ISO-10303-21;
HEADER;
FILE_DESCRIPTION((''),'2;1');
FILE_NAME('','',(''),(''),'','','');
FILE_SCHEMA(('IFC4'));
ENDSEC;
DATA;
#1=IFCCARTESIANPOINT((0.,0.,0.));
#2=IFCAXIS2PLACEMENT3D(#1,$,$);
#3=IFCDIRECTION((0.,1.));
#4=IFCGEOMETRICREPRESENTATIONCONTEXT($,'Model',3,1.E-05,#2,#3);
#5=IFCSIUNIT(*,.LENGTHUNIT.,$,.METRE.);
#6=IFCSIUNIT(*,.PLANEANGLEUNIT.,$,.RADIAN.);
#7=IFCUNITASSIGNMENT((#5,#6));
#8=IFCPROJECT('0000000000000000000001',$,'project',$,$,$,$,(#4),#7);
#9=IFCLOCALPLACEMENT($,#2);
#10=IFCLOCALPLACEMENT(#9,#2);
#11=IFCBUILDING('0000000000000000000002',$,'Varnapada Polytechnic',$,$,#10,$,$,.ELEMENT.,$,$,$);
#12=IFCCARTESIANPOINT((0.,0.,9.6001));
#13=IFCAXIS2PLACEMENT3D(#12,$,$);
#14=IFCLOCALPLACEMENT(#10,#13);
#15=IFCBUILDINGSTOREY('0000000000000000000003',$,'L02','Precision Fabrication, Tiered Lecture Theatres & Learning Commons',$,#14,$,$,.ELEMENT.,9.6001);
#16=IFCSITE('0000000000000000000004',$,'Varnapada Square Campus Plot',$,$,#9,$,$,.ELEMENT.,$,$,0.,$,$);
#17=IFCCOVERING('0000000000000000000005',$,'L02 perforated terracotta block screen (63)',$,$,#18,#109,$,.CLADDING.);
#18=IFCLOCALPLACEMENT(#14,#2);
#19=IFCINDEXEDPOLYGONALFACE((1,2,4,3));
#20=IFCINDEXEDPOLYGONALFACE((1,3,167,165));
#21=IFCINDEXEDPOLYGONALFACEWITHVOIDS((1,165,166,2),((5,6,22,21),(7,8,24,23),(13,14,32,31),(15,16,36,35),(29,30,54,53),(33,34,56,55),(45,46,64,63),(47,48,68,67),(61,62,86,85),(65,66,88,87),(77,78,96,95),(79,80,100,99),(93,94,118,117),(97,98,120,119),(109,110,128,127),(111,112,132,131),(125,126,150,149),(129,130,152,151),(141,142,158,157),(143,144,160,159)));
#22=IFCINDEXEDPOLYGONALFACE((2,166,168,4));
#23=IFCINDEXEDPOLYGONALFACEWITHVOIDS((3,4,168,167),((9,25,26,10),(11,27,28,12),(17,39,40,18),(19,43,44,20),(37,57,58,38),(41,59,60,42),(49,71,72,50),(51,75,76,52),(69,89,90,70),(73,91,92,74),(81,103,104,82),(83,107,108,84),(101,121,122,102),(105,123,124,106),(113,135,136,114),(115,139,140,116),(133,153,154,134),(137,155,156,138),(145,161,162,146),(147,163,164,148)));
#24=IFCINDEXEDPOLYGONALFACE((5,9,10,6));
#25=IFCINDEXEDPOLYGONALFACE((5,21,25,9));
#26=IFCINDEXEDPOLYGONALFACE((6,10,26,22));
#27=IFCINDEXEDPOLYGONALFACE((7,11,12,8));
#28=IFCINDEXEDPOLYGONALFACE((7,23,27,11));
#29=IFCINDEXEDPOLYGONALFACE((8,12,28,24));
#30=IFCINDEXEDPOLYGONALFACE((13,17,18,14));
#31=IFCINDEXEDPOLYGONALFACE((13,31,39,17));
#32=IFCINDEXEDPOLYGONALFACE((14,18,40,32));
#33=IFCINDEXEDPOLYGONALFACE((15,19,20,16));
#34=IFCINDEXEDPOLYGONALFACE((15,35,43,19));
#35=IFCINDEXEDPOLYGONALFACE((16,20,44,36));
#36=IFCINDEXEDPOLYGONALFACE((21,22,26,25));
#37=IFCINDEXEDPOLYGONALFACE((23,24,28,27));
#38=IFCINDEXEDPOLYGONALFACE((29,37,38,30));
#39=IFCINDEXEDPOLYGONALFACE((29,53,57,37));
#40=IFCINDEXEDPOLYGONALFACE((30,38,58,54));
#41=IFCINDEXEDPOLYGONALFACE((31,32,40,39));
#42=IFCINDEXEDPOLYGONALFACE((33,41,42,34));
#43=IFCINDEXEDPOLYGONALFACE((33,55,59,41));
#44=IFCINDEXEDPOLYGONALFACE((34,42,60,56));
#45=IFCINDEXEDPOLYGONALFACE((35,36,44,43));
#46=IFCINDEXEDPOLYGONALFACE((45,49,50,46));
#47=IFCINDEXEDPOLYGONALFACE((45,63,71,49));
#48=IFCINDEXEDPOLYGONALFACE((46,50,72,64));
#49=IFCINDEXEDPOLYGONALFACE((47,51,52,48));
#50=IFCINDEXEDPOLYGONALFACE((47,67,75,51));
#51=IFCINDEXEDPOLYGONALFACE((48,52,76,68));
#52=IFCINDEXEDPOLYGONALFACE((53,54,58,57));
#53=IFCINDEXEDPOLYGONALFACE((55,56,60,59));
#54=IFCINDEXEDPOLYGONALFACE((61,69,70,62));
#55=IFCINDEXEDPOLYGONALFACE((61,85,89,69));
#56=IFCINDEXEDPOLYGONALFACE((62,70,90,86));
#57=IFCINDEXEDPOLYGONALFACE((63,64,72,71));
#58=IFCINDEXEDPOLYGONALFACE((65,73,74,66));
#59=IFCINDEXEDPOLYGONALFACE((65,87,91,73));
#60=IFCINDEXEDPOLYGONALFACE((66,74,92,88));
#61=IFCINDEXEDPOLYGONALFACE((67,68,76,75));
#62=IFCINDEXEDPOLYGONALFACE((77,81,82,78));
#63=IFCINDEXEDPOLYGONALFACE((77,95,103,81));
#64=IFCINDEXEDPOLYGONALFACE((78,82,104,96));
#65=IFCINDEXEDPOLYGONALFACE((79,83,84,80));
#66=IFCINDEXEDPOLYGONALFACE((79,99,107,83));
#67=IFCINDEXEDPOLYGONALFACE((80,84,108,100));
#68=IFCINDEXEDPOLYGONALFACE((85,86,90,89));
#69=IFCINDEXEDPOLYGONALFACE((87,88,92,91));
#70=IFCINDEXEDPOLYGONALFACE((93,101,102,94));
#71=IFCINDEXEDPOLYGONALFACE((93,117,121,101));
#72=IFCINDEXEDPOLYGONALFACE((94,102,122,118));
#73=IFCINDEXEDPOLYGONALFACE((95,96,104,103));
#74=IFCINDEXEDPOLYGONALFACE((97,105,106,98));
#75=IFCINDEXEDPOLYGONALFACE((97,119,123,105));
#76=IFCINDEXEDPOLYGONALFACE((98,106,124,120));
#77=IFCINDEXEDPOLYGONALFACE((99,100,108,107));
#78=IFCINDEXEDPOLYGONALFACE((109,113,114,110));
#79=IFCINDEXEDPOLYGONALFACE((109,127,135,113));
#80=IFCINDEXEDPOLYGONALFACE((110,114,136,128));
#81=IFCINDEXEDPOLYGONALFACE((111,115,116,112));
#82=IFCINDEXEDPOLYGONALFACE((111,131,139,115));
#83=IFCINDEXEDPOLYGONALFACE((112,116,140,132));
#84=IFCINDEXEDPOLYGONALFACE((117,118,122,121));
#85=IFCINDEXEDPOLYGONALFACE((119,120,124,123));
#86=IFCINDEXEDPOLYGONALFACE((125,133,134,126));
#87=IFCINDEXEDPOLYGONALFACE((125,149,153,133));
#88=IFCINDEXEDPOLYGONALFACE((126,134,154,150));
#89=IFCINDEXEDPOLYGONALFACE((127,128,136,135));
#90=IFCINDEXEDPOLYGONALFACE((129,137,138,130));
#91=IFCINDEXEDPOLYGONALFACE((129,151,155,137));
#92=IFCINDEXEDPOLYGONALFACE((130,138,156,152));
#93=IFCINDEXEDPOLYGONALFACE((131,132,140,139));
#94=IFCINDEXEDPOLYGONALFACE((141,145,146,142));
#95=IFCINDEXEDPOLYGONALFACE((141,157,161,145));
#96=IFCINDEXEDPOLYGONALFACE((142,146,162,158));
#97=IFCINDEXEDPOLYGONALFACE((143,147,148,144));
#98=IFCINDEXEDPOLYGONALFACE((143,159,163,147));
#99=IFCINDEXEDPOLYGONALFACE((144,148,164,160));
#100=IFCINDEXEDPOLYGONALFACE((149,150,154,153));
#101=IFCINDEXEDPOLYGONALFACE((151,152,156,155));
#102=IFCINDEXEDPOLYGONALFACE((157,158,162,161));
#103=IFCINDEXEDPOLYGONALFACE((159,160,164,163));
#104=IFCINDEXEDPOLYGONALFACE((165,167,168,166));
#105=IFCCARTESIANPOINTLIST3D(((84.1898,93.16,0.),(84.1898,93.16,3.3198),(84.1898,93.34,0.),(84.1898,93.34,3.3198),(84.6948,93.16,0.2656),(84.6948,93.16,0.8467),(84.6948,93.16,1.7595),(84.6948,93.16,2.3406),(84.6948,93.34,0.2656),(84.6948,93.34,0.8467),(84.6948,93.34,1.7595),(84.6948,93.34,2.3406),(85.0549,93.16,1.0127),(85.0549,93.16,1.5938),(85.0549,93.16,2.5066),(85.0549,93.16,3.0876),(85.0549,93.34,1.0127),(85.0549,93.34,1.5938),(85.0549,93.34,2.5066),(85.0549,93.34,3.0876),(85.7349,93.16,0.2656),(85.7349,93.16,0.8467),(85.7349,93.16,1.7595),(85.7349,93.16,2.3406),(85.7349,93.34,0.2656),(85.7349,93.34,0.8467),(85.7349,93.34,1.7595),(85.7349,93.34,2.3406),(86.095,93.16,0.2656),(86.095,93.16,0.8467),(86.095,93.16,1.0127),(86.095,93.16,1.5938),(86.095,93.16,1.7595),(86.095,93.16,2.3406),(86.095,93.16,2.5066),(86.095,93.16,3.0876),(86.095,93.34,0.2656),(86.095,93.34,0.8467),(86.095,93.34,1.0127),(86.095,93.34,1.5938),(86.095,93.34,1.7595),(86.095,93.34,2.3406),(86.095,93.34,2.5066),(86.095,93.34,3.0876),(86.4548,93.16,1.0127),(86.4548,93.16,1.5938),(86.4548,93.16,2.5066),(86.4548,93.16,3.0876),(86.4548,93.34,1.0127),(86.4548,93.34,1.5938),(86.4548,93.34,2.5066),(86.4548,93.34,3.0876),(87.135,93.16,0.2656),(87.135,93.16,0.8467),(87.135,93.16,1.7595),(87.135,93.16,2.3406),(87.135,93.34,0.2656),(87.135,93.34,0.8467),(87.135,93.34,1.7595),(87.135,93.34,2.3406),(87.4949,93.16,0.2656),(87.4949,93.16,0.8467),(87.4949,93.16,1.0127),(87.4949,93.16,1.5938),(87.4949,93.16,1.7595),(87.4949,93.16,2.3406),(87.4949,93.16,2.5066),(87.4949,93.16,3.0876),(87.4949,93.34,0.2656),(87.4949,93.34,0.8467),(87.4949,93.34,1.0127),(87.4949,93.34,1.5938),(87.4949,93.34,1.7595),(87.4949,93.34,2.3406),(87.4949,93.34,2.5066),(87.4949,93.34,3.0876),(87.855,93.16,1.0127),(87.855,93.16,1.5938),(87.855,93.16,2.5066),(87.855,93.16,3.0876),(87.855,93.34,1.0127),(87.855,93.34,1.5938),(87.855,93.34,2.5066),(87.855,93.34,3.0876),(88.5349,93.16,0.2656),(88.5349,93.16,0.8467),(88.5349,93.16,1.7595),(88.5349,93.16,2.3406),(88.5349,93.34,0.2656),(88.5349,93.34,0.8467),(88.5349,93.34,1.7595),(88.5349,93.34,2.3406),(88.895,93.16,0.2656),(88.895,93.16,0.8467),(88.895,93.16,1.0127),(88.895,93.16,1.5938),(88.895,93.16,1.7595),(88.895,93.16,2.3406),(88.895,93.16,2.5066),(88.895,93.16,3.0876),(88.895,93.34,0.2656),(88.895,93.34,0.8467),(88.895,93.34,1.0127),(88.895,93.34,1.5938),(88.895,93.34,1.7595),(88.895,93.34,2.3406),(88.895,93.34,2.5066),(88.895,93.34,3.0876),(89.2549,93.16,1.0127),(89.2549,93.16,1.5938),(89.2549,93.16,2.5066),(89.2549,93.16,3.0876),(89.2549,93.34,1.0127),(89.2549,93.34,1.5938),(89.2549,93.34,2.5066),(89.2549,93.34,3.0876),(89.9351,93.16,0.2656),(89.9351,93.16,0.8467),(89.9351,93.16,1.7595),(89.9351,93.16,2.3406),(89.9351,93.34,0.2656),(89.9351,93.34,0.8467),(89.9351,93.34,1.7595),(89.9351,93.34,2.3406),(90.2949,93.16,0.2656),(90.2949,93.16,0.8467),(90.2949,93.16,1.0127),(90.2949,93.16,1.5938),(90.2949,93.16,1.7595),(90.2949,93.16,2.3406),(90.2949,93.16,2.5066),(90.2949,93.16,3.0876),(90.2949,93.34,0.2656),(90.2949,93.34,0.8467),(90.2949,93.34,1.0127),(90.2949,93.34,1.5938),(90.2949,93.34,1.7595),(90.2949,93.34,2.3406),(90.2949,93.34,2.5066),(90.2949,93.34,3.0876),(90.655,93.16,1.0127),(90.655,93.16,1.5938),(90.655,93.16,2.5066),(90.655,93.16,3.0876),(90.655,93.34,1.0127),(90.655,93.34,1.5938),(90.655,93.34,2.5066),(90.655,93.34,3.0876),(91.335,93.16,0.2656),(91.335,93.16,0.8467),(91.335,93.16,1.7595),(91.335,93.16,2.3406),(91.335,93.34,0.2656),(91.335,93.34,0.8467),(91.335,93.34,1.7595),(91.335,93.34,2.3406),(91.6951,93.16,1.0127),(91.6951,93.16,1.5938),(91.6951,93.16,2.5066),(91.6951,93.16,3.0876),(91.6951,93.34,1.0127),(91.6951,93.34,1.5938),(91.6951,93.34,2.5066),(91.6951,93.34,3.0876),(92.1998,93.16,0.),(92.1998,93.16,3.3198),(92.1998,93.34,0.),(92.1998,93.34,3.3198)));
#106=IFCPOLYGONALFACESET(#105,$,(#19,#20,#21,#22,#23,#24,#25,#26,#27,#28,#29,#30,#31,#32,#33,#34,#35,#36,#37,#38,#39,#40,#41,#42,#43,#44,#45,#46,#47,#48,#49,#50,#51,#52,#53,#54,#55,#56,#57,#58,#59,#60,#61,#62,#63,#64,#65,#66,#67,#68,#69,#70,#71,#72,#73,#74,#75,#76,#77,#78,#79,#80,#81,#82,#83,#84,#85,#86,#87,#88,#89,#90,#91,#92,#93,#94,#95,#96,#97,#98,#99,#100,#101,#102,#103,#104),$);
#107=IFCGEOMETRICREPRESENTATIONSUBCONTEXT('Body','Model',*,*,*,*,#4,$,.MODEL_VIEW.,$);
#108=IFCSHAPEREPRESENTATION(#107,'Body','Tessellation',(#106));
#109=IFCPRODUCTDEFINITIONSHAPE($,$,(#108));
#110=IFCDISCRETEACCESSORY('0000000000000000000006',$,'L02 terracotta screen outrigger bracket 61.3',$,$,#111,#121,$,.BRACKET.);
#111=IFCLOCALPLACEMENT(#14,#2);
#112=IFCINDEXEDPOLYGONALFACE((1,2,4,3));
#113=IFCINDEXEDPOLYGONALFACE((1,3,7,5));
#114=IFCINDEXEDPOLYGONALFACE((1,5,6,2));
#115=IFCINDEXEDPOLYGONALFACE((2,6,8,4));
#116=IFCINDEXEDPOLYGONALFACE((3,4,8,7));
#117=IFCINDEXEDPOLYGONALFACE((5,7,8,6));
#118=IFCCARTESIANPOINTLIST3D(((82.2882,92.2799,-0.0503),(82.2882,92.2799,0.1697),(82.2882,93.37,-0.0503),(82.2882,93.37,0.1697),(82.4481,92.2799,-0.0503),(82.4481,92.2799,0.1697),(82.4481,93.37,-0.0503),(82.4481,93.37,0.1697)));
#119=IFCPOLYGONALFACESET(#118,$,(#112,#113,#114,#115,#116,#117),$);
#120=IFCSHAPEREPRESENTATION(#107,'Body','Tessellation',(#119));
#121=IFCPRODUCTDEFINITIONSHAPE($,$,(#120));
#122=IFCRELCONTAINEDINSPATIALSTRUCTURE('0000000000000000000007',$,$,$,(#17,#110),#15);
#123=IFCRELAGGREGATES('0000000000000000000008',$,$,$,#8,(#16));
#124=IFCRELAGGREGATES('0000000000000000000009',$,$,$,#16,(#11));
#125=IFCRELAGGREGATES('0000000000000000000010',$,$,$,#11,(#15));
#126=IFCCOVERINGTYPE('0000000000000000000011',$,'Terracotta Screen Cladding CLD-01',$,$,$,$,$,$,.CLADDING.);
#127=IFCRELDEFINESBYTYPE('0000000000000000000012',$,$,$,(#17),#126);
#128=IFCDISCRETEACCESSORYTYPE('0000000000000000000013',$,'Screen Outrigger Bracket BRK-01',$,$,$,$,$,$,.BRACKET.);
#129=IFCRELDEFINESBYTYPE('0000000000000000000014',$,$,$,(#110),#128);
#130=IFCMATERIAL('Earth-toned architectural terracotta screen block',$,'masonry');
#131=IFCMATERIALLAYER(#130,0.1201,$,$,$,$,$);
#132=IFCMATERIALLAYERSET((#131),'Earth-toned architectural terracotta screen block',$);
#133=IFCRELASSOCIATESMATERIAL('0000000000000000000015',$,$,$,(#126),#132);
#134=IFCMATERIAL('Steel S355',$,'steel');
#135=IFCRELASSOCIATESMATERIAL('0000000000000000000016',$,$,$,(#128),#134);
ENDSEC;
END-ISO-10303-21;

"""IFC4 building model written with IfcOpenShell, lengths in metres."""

from ifc_helpers import new_model, si_unit, direction, frame, frame_2d, origin, origin_2d, place, context, subcontext, project, spatial, rectangle, extrude, material, layer, layer_set, type_object, element, save


model = new_model("IFC4")

# Units and contexts
model_context = context("Model", 3, precision=1e-05, world=origin(), true_north=direction((0.0, 1.0)))
body_context = subcontext(model_context, "Body", "Model", "MODEL_VIEW")
ifc_project = project(units=[si_unit("LENGTHUNIT", "METRE"), si_unit("PLANEANGLEUNIT", "RADIAN")], contexts=[model_context])

# Site, building, storey
site_placement = place(None, origin())
site = spatial("IfcSite", under=ifc_project, at=site_placement, Name="Varnapada Square Campus Plot", CompositionType="ELEMENT", RefElevation=0.0)
building_placement = place(site_placement, origin())
building = spatial("IfcBuilding", under=site, at=building_placement, Name="Varnapada Polytechnic", CompositionType="ELEMENT")
storey_placement = place(building_placement, frame((0.0, 0.0, 9.6001)))
storey = spatial("IfcBuildingStorey", under=building, at=storey_placement, Name="L02", Description="Precision Fabrication, Tiered Lecture Theatres & Learning Commons", CompositionType="ELEMENT", Elevation=9.6001)

# Shared definitions
ifc_material_1 = material(Name="Steel S355", Category="steel")

# Covering, openings
ifc_material_2 = material(Name="Earth-toned architectural terracotta screen block", Category="masonry")
ifc_layer_1 = layer(ifc_material_2, 0.1201)
ifc_layer_set_1 = layer_set([ifc_layer_1], Name="Earth-toned architectural terracotta screen block")
covering_type = type_object("IfcCoveringType", Name="Terracotta Screen Cladding CLD-01", PredefinedType="CLADDING", material=ifc_layer_set_1)
covering_placement = place(storey_placement, frame((84.1899, 93.25, 0.0), z_axis=(0.0, 0.0, 1.0), x_axis=(1.0, 0.0, 0.0)))
covering = element("IfcCovering", 1, at=covering_placement, inside=storey, type_object=covering_type, Name="L02 perforated terracotta block screen (63)", PredefinedType="CLADDING", context=body_context, shape_type="SweptSolid", body=[
    extrude(rectangle(XDim=8.01, YDim=0.1799, at=frame_2d((4.0049, 0.0))), origin(), (0.0, 0.0, 1.0), 3.3198),
])
opening_1_placement = place(covering_placement, frame((0.5049, 0.0, 0.2656)))
element("IfcOpeningElement", 2, at=opening_1_placement, cuts=covering, PredefinedType="OPENING", context=body_context, shape_type="SweptSolid", body=[
    extrude(rectangle(XDim=1.04, YDim=0.5811, at=frame_2d((0.52, 0.2905))), frame((0.0, 0.0999, 0.0), z_axis=(0.0, -1.0, 0.0), x_axis=(1.0, 0.0, 0.0)), (0.0, 0.0, 1.0), 0.2),
])
opening_2_placement = place(covering_placement, frame((1.905, 0.0, 0.2656)))
element("IfcOpeningElement", 3, at=opening_2_placement, cuts=covering, PredefinedType="OPENING", context=body_context, shape_type="SweptSolid", body=[
    extrude(rectangle(XDim=1.04, YDim=0.5811, at=frame_2d((0.52, 0.2905))), frame((0.0, 0.0999, 0.0), z_axis=(0.0, -1.0, 0.0), x_axis=(1.0, 0.0, 0.0)), (0.0, 0.0, 1.0), 0.2),
])
opening_3_placement = place(covering_placement, frame((3.3049, 0.0, 0.2656)))
element("IfcOpeningElement", 4, at=opening_3_placement, cuts=covering, PredefinedType="OPENING", context=body_context, shape_type="SweptSolid", body=[
    extrude(rectangle(XDim=1.04, YDim=0.5811, at=frame_2d((0.52, 0.2905))), frame((0.0, 0.0999, 0.0), z_axis=(0.0, -1.0, 0.0), x_axis=(1.0, 0.0, 0.0)), (0.0, 0.0, 1.0), 0.2),
])
opening_4_placement = place(covering_placement, frame((4.7051, 0.0, 0.2656)))
element("IfcOpeningElement", 5, at=opening_4_placement, cuts=covering, PredefinedType="OPENING", context=body_context, shape_type="SweptSolid", body=[
    extrude(rectangle(XDim=1.04, YDim=0.5811, at=frame_2d((0.52, 0.2905))), frame((0.0, 0.0999, 0.0), z_axis=(0.0, -1.0, 0.0), x_axis=(1.0, 0.0, 0.0)), (0.0, 0.0, 1.0), 0.2),
])
opening_5_placement = place(covering_placement, frame((6.105, 0.0, 0.2656)))
element("IfcOpeningElement", 6, at=opening_5_placement, cuts=covering, PredefinedType="OPENING", context=body_context, shape_type="SweptSolid", body=[
    extrude(rectangle(XDim=1.04, YDim=0.5811, at=frame_2d((0.52, 0.2905))), frame((0.0, 0.0999, 0.0), z_axis=(0.0, -1.0, 0.0), x_axis=(1.0, 0.0, 0.0)), (0.0, 0.0, 1.0), 0.2),
])
opening_6_placement = place(covering_placement, frame((0.865, 0.0, 1.0127)))
element("IfcOpeningElement", 7, at=opening_6_placement, cuts=covering, PredefinedType="OPENING", context=body_context, shape_type="SweptSolid", body=[
    extrude(rectangle(XDim=1.04, YDim=0.5811, at=frame_2d((0.52, 0.2905))), frame((0.0, 0.0999, 0.0), z_axis=(0.0, -1.0, 0.0), x_axis=(1.0, 0.0, 0.0)), (0.0, 0.0, 1.0), 0.2),
])
opening_7_placement = place(covering_placement, frame((2.2649, 0.0, 1.0127)))
element("IfcOpeningElement", 8, at=opening_7_placement, cuts=covering, PredefinedType="OPENING", context=body_context, shape_type="SweptSolid", body=[
    extrude(rectangle(XDim=1.04, YDim=0.5811, at=frame_2d((0.52, 0.2905))), frame((0.0, 0.0999, 0.0), z_axis=(0.0, -1.0, 0.0), x_axis=(1.0, 0.0, 0.0)), (0.0, 0.0, 1.0), 0.2),
])
opening_8_placement = place(covering_placement, frame((3.665, 0.0, 1.0127)))
element("IfcOpeningElement", 9, at=opening_8_placement, cuts=covering, PredefinedType="OPENING", context=body_context, shape_type="SweptSolid", body=[
    extrude(rectangle(XDim=1.04, YDim=0.5811, at=frame_2d((0.52, 0.2905))), frame((0.0, 0.0999, 0.0), z_axis=(0.0, -1.0, 0.0), x_axis=(1.0, 0.0, 0.0)), (0.0, 0.0, 1.0), 0.2),
])
opening_9_placement = place(covering_placement, frame((5.0649, 0.0, 1.0127)))
element("IfcOpeningElement", 10, at=opening_9_placement, cuts=covering, PredefinedType="OPENING", context=body_context, shape_type="SweptSolid", body=[
    extrude(rectangle(XDim=1.04, YDim=0.5811, at=frame_2d((0.52, 0.2905))), frame((0.0, 0.0999, 0.0), z_axis=(0.0, -1.0, 0.0), x_axis=(1.0, 0.0, 0.0)), (0.0, 0.0, 1.0), 0.2),
])
opening_10_placement = place(covering_placement, frame((6.4651, 0.0, 1.0127)))
element("IfcOpeningElement", 11, at=opening_10_placement, cuts=covering, PredefinedType="OPENING", context=body_context, shape_type="SweptSolid", body=[
    extrude(rectangle(XDim=1.04, YDim=0.5811, at=frame_2d((0.52, 0.2905))), frame((0.0, 0.0999, 0.0), z_axis=(0.0, -1.0, 0.0), x_axis=(1.0, 0.0, 0.0)), (0.0, 0.0, 1.0), 0.2),
])
opening_11_placement = place(covering_placement, frame((0.5049, 0.0, 1.7595)))
element("IfcOpeningElement", 12, at=opening_11_placement, cuts=covering, PredefinedType="OPENING", context=body_context, shape_type="SweptSolid", body=[
    extrude(rectangle(XDim=1.04, YDim=0.5811, at=frame_2d((0.52, 0.2905))), frame((0.0, 0.0999, 0.0), z_axis=(0.0, -1.0, 0.0), x_axis=(1.0, 0.0, 0.0)), (0.0, 0.0, 1.0), 0.2),
])
opening_12_placement = place(covering_placement, frame((1.905, 0.0, 1.7595)))
element("IfcOpeningElement", 13, at=opening_12_placement, cuts=covering, PredefinedType="OPENING", context=body_context, shape_type="SweptSolid", body=[
    extrude(rectangle(XDim=1.04, YDim=0.5811, at=frame_2d((0.52, 0.2905))), frame((0.0, 0.0999, 0.0), z_axis=(0.0, -1.0, 0.0), x_axis=(1.0, 0.0, 0.0)), (0.0, 0.0, 1.0), 0.2),
])
opening_13_placement = place(covering_placement, frame((3.3049, 0.0, 1.7595)))
element("IfcOpeningElement", 14, at=opening_13_placement, cuts=covering, PredefinedType="OPENING", context=body_context, shape_type="SweptSolid", body=[
    extrude(rectangle(XDim=1.04, YDim=0.5811, at=frame_2d((0.52, 0.2905))), frame((0.0, 0.0999, 0.0), z_axis=(0.0, -1.0, 0.0), x_axis=(1.0, 0.0, 0.0)), (0.0, 0.0, 1.0), 0.2),
])
opening_14_placement = place(covering_placement, frame((4.7051, 0.0, 1.7595)))
element("IfcOpeningElement", 15, at=opening_14_placement, cuts=covering, PredefinedType="OPENING", context=body_context, shape_type="SweptSolid", body=[
    extrude(rectangle(XDim=1.04, YDim=0.5811, at=frame_2d((0.52, 0.2905))), frame((0.0, 0.0999, 0.0), z_axis=(0.0, -1.0, 0.0), x_axis=(1.0, 0.0, 0.0)), (0.0, 0.0, 1.0), 0.2),
])
opening_15_placement = place(covering_placement, frame((6.105, 0.0, 1.7595)))
element("IfcOpeningElement", 16, at=opening_15_placement, cuts=covering, PredefinedType="OPENING", context=body_context, shape_type="SweptSolid", body=[
    extrude(rectangle(XDim=1.04, YDim=0.5811, at=frame_2d((0.52, 0.2905))), frame((0.0, 0.0999, 0.0), z_axis=(0.0, -1.0, 0.0), x_axis=(1.0, 0.0, 0.0)), (0.0, 0.0, 1.0), 0.2),
])
opening_16_placement = place(covering_placement, frame((0.865, 0.0, 2.5066)))
element("IfcOpeningElement", 17, at=opening_16_placement, cuts=covering, PredefinedType="OPENING", context=body_context, shape_type="SweptSolid", body=[
    extrude(rectangle(XDim=1.04, YDim=0.5811, at=frame_2d((0.52, 0.2905))), frame((0.0, 0.0999, 0.0), z_axis=(0.0, -1.0, 0.0), x_axis=(1.0, 0.0, 0.0)), (0.0, 0.0, 1.0), 0.2),
])
opening_17_placement = place(covering_placement, frame((2.2649, 0.0, 2.5066)))
element("IfcOpeningElement", 18, at=opening_17_placement, cuts=covering, PredefinedType="OPENING", context=body_context, shape_type="SweptSolid", body=[
    extrude(rectangle(XDim=1.04, YDim=0.5811, at=frame_2d((0.52, 0.2905))), frame((0.0, 0.0999, 0.0), z_axis=(0.0, -1.0, 0.0), x_axis=(1.0, 0.0, 0.0)), (0.0, 0.0, 1.0), 0.2),
])
opening_18_placement = place(covering_placement, frame((3.665, 0.0, 2.5066)))
element("IfcOpeningElement", 19, at=opening_18_placement, cuts=covering, PredefinedType="OPENING", context=body_context, shape_type="SweptSolid", body=[
    extrude(rectangle(XDim=1.04, YDim=0.5811, at=frame_2d((0.52, 0.2905))), frame((0.0, 0.0999, 0.0), z_axis=(0.0, -1.0, 0.0), x_axis=(1.0, 0.0, 0.0)), (0.0, 0.0, 1.0), 0.2),
])
opening_19_placement = place(covering_placement, frame((5.0649, 0.0, 2.5066)))
element("IfcOpeningElement", 20, at=opening_19_placement, cuts=covering, PredefinedType="OPENING", context=body_context, shape_type="SweptSolid", body=[
    extrude(rectangle(XDim=1.04, YDim=0.5811, at=frame_2d((0.52, 0.2905))), frame((0.0, 0.0999, 0.0), z_axis=(0.0, -1.0, 0.0), x_axis=(1.0, 0.0, 0.0)), (0.0, 0.0, 1.0), 0.2),
])
opening_20_placement = place(covering_placement, frame((6.4651, 0.0, 2.5066)))
element("IfcOpeningElement", 21, at=opening_20_placement, cuts=covering, PredefinedType="OPENING", context=body_context, shape_type="SweptSolid", body=[
    extrude(rectangle(XDim=1.04, YDim=0.5811, at=frame_2d((0.52, 0.2905))), frame((0.0, 0.0999, 0.0), z_axis=(0.0, -1.0, 0.0), x_axis=(1.0, 0.0, 0.0)), (0.0, 0.0, 1.0), 0.2),
])

# Discrete accessory
discrete_accessory_type = type_object("IfcDiscreteAccessoryType", Name="Screen Outrigger Bracket BRK-01", PredefinedType="BRACKET", material=ifc_material_1)
discrete_accessory_placement = place(storey_placement, frame((82.3682, 92.825, -0.0503), z_axis=(0.0, 0.0, 1.0), x_axis=(1.0, 0.0, 0.0)))
element("IfcDiscreteAccessory", 22, at=discrete_accessory_placement, inside=storey, type_object=discrete_accessory_type, Name="L02 terracotta screen outrigger bracket 61.3", PredefinedType="BRACKET", context=body_context, shape_type="SweptSolid", body=[
    extrude(rectangle(XDim=0.1599, YDim=1.0901, at=origin_2d()), origin(), (0.0, 0.0, 1.0), 0.22),
])

save(model, "model.ifc")
